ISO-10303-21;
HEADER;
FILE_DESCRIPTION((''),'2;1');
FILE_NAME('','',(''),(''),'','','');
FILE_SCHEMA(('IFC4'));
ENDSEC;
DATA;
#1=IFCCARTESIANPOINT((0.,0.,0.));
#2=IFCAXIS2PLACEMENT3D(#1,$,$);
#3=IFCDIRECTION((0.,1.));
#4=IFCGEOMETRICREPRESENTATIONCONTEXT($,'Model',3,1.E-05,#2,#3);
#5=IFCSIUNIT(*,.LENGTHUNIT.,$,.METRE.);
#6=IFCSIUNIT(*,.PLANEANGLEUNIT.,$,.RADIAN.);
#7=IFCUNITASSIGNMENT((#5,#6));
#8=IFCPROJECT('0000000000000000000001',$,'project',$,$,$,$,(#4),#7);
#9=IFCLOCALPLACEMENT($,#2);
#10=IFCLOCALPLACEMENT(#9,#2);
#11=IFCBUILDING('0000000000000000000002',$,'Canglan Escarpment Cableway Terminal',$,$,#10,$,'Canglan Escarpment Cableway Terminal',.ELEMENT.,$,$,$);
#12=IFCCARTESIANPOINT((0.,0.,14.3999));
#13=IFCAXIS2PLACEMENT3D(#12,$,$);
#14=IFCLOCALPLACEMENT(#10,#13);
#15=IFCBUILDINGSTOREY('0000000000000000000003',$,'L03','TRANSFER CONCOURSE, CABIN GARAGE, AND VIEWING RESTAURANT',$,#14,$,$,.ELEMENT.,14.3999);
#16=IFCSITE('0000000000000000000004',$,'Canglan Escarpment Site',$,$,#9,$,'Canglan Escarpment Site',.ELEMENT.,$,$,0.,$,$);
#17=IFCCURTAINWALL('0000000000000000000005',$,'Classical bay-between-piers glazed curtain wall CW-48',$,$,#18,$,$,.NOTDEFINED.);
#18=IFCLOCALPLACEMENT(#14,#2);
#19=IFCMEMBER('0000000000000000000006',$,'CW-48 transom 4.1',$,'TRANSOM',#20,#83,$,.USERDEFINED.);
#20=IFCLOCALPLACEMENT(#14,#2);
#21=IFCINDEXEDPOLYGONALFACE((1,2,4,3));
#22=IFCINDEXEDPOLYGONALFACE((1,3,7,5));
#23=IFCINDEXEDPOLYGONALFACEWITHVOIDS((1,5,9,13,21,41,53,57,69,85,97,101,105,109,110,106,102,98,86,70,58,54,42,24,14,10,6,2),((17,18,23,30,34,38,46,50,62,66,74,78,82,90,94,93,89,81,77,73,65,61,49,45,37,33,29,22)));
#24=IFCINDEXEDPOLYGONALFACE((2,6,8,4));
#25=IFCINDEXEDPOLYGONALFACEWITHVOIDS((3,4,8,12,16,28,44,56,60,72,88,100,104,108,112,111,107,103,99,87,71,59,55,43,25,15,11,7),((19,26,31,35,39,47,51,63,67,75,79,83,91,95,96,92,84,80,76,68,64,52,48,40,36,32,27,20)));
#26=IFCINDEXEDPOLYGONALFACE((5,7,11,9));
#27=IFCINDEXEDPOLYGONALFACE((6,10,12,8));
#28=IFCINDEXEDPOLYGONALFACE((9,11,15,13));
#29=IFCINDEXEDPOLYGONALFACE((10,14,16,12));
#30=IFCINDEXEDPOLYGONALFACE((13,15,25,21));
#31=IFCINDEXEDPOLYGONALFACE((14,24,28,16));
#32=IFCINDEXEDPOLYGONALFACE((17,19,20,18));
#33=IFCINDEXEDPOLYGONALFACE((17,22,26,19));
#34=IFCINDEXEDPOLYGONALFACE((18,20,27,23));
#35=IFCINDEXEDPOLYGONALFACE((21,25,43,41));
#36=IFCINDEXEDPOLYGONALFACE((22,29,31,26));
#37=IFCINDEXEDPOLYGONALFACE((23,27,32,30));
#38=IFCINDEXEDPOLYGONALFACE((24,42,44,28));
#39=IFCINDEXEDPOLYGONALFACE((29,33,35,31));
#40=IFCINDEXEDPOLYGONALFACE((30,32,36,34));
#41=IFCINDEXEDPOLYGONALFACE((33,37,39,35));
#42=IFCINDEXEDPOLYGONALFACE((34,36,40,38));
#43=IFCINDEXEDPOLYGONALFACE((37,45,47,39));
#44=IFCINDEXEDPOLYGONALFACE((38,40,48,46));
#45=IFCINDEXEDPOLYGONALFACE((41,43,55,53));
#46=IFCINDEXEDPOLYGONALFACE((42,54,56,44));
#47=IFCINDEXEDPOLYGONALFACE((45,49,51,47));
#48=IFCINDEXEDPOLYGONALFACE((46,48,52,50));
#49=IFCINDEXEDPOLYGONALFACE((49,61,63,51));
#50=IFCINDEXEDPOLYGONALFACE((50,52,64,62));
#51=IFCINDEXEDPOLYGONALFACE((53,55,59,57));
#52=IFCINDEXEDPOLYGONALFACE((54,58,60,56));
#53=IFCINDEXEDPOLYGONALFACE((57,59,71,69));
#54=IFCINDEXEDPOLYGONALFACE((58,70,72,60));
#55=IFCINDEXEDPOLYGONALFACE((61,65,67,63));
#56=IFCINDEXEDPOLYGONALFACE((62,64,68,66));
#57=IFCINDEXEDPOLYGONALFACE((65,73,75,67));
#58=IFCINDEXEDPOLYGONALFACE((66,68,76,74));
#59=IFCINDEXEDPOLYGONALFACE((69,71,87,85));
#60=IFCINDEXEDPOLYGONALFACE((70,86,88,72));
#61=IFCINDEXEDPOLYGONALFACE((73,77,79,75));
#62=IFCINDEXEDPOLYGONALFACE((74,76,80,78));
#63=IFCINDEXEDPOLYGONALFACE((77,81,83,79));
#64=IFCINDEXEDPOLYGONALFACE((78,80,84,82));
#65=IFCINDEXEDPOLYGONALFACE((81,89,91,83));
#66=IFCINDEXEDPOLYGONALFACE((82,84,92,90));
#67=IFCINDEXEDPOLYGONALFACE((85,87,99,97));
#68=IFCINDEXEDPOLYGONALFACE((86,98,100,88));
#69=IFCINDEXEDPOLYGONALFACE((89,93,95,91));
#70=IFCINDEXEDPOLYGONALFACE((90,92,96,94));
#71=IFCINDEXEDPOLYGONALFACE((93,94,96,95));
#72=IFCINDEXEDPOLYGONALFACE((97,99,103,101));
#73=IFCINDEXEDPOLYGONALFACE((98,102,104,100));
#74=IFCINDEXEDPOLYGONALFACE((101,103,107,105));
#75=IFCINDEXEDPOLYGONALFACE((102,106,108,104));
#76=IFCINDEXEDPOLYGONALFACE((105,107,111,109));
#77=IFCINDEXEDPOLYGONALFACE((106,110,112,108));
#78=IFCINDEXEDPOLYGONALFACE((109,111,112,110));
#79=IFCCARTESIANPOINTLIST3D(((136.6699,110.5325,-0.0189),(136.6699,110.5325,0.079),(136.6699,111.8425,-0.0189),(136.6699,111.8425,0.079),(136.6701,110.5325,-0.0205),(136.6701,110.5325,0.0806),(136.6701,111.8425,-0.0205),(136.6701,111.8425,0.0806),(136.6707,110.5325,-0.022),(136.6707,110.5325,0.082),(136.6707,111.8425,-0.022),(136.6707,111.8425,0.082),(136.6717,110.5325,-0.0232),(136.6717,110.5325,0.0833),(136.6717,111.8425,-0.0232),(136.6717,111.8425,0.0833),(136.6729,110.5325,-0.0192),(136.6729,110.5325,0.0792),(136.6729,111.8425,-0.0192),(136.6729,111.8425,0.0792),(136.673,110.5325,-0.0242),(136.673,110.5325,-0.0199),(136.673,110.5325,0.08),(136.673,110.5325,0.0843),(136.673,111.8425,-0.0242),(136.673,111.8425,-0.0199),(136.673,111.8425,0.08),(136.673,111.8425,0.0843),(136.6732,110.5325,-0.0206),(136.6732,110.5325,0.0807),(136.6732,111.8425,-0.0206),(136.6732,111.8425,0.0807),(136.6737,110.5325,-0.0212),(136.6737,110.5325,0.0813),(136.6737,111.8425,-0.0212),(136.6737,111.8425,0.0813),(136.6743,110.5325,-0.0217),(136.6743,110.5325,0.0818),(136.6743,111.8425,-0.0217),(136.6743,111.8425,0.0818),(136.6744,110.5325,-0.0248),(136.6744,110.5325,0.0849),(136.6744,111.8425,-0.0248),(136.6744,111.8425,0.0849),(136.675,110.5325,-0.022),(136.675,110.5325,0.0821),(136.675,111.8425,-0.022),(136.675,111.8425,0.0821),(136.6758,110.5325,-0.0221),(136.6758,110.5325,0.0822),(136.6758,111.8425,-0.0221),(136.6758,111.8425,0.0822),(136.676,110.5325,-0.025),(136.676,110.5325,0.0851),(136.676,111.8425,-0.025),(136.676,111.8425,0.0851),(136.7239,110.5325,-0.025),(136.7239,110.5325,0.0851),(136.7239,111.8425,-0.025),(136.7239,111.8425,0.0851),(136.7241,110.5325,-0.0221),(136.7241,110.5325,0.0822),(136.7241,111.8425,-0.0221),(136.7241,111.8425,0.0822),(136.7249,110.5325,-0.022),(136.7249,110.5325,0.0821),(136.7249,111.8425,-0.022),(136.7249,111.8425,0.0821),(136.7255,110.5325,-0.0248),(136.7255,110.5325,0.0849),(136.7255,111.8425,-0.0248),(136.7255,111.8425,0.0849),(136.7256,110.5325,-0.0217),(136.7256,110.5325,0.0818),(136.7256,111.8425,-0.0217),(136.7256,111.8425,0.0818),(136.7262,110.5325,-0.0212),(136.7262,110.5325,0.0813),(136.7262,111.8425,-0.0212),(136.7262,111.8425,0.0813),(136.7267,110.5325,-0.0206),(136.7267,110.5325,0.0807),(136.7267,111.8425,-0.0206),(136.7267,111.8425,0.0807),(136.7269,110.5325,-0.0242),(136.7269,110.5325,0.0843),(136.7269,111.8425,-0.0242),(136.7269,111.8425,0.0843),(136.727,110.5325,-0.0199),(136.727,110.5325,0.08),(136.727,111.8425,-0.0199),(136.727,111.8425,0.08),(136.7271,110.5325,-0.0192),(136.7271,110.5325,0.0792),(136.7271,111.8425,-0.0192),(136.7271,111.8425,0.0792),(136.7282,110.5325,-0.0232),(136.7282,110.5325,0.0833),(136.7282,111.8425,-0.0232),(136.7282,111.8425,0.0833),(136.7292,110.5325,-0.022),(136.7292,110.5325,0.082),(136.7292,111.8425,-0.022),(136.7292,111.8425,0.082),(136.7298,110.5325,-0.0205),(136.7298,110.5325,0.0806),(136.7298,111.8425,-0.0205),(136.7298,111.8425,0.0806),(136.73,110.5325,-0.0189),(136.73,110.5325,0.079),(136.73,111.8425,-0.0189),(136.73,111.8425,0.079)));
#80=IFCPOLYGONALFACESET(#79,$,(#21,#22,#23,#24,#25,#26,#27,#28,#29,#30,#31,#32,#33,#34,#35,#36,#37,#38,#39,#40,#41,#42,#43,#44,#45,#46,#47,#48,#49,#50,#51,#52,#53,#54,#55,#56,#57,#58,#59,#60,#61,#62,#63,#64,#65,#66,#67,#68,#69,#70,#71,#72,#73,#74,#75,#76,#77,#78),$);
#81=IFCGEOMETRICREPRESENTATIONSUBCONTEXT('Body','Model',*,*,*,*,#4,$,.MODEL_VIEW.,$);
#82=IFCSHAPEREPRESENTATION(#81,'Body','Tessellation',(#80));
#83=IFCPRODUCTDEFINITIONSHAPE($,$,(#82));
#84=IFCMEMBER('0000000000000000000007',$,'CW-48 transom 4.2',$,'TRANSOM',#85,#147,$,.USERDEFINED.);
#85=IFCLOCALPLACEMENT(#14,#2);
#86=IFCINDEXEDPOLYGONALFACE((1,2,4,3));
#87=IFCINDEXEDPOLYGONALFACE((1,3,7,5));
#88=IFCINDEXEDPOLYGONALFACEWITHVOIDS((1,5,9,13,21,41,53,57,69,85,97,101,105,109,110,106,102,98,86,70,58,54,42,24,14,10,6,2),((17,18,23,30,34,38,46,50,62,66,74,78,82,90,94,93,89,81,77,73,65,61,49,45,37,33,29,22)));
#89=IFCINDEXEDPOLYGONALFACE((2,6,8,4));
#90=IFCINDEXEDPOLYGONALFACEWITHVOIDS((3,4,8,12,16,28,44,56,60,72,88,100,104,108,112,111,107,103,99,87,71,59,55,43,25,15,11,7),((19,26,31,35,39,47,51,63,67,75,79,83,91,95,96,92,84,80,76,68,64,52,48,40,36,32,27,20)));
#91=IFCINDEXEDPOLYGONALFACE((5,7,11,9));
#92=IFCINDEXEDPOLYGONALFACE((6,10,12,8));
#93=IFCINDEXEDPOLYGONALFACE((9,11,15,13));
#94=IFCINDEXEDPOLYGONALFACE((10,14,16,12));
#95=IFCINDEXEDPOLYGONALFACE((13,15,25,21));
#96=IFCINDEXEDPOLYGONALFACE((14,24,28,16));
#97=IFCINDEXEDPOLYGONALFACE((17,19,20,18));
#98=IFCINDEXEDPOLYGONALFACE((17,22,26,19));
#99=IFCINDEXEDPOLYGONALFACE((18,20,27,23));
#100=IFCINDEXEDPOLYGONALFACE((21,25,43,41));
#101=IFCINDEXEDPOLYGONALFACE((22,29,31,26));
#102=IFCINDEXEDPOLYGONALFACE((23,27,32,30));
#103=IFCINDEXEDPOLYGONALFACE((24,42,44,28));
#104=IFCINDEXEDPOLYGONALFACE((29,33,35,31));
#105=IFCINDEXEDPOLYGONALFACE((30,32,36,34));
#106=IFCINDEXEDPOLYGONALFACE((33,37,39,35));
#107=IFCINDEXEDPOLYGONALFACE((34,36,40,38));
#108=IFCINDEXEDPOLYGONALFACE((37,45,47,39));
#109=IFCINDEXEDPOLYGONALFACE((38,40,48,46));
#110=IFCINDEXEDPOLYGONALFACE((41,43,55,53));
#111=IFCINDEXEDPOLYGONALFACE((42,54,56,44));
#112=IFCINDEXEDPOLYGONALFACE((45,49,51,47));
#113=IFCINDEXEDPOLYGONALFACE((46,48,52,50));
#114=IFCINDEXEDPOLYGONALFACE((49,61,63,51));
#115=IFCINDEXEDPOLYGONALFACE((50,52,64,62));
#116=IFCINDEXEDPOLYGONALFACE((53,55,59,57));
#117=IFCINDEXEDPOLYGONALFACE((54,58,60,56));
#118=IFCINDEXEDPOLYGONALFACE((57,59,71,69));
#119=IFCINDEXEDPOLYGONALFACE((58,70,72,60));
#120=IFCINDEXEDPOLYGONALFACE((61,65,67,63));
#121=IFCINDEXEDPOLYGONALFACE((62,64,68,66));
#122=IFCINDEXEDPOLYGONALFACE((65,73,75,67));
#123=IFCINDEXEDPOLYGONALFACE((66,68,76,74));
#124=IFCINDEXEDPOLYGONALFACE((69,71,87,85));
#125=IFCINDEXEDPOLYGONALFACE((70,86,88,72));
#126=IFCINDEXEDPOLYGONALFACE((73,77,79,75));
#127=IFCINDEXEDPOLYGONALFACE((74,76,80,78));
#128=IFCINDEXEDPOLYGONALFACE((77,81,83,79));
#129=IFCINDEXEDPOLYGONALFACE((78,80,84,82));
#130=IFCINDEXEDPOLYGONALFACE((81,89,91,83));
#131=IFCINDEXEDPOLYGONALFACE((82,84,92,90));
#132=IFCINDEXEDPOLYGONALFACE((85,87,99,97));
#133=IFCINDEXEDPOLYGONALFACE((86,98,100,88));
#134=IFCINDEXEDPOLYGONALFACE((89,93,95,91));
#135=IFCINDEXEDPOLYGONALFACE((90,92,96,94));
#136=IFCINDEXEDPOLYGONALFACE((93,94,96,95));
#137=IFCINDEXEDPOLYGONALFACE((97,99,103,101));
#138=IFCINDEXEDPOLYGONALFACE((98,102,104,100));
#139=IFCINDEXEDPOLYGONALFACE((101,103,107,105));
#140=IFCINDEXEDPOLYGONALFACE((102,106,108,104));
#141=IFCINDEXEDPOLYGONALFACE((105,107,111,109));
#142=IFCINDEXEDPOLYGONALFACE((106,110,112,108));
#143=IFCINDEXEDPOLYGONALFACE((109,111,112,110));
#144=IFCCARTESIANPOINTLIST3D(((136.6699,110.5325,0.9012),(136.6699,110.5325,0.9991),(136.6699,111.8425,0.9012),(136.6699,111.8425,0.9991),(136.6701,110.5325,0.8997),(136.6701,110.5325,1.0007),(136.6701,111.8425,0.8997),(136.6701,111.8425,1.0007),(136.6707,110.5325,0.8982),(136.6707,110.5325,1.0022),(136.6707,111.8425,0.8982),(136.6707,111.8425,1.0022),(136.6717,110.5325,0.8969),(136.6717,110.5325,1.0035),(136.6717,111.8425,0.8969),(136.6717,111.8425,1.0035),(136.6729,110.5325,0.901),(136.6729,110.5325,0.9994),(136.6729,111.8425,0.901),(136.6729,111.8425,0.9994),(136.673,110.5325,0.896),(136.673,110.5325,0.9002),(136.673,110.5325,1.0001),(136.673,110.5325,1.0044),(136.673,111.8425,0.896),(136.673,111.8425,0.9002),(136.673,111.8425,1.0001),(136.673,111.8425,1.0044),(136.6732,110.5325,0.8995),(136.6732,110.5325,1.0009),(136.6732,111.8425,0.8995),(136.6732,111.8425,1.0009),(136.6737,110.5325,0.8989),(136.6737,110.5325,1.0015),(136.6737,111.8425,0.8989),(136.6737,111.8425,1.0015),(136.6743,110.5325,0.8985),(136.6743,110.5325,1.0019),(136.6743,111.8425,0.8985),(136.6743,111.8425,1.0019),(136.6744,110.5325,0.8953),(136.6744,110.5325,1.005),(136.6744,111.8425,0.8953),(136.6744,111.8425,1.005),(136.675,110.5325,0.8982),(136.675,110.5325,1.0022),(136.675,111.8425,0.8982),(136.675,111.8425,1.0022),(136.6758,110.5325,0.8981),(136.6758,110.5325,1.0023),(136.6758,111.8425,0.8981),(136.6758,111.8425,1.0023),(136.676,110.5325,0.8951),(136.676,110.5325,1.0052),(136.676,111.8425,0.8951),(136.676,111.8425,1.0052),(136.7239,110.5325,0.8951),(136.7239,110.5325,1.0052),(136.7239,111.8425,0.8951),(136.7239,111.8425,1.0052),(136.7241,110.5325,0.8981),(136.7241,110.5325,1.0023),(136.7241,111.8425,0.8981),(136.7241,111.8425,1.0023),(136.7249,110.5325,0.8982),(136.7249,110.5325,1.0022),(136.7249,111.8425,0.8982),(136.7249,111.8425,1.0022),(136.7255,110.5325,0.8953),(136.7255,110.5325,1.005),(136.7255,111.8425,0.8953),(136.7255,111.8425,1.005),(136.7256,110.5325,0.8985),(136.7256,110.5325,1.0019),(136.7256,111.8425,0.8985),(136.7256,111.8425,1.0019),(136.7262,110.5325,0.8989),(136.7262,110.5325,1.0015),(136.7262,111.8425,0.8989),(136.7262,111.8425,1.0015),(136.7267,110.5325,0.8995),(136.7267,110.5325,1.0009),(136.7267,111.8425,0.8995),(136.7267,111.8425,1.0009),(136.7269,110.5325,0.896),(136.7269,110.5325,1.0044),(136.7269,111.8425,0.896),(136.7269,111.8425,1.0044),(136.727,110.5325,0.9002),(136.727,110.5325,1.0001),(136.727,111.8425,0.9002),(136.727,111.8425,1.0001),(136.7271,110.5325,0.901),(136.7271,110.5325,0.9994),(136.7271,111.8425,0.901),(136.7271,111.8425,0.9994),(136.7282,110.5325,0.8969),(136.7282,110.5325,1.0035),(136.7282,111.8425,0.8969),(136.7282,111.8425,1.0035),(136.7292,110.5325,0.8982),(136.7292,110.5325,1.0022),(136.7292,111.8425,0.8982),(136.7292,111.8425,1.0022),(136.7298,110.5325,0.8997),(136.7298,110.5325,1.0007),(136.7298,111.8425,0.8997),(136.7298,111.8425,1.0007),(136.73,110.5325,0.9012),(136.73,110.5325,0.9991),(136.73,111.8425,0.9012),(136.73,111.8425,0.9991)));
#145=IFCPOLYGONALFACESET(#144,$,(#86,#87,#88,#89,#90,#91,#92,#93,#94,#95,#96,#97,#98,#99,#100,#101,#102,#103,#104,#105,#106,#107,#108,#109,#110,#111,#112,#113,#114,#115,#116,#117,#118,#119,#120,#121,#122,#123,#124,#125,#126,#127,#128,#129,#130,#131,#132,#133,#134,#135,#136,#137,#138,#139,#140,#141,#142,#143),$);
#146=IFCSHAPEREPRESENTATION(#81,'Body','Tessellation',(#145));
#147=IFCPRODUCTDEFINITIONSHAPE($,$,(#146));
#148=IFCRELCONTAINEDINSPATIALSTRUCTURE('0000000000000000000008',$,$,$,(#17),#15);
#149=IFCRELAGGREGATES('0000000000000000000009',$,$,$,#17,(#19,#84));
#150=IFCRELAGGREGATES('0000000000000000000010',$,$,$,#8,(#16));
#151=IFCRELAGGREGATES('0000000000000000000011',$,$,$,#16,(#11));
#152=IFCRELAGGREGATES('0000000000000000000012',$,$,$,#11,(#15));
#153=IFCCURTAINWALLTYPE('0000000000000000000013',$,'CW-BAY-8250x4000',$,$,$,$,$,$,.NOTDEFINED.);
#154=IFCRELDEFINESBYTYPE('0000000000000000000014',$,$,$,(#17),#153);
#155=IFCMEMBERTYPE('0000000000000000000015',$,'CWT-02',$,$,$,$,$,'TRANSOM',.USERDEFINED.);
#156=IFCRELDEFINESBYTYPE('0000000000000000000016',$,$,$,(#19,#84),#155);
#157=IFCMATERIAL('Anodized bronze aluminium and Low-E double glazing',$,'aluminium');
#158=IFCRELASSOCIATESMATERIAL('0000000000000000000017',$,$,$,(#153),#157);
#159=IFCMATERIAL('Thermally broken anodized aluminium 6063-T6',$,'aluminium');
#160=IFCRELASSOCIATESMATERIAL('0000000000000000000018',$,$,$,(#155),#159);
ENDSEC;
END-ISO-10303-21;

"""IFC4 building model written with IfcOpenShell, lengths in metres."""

from ifc_helpers import new_model, si_unit, direction, frame, origin, origin_2d, place, context, subcontext, project, spatial, hollow_rectangle, extrude, material, material_profile, profile_set, type_object, element, aggregate, save


model = new_model("IFC4")

# Units and contexts
model_context = context("Model", 3, precision=1e-05, world=origin(), true_north=direction((0.0, 1.0)))
body_context = subcontext(model_context, "Body", "Model", "MODEL_VIEW")
ifc_project = project(units=[si_unit("LENGTHUNIT", "METRE"), si_unit("PLANEANGLEUNIT", "RADIAN")], contexts=[model_context])

# Site, building, storey
site_placement = place(None, origin())
site = spatial("IfcSite", under=ifc_project, at=site_placement, Name="Canglan Escarpment Site", LongName="Canglan Escarpment Site", CompositionType="ELEMENT", RefElevation=0.0)
building_placement = place(site_placement, origin())
building = spatial("IfcBuilding", under=site, at=building_placement, Name="Canglan Escarpment Cableway Terminal", LongName="Canglan Escarpment Cableway Terminal", CompositionType="ELEMENT")
storey_placement = place(building_placement, frame((0.0, 0.0, 14.3999)))
storey = spatial("IfcBuildingStorey", under=building, at=storey_placement, Name="L03", Description="TRANSFER CONCOURSE, CABIN GARAGE, AND VIEWING RESTAURANT", CompositionType="ELEMENT", Elevation=14.3999)

# Curtain wall, members
ifc_material_1 = material(Name="Anodized bronze aluminium and Low-E double glazing", Category="aluminium")
curtain_wall_type_1 = type_object("IfcCurtainWallType", Name="CW-BAY-8250x4000", PredefinedType="NOTDEFINED", material=ifc_material_1)
curtain_wall_1_placement = place(storey_placement, origin())
curtain_wall_1 = element("IfcCurtainWall", 1, at=curtain_wall_1_placement, inside=storey, type_object=curtain_wall_type_1, Name="Classical bay-between-piers glazed curtain wall CW-48", PredefinedType="NOTDEFINED")
ifc_material_2 = material(Name="Thermally broken anodized aluminium 6063-T6", Category="aluminium")
ifc_material_profile_1 = material_profile(ifc_material_2, hollow_rectangle(XDim=0.0601, YDim=0.1101, WallThickness=0.0029, InnerFilletRadius=0.0029, OuterFilletRadius=0.0061, at=origin_2d()), Name="ALU-TRAN 60x110x3")
ifc_profile_set_1 = profile_set([ifc_material_profile_1], Name="Thermally broken anodized aluminium 6063-T6")
member_type_1 = type_object("IfcMemberType", Name="CWT-02", ElementType="TRANSOM", PredefinedType="USERDEFINED", material=ifc_profile_set_1)
member_1_placement = place(storey_placement, frame((136.7, 110.5325, 0.03), z_axis=(0.0, 1.0, 0.0), x_axis=(-1.0, 0.0, 0.0)))
member_1 = element("IfcMember", 2, at=member_1_placement, type_object=member_type_1, Name="CW-48 transom 4.1", ObjectType="TRANSOM", PredefinedType="USERDEFINED", context=body_context, shape_type="SweptSolid", body=[
    extrude(hollow_rectangle(XDim=0.0601, YDim=0.1101, WallThickness=0.0029, InnerFilletRadius=0.0029, OuterFilletRadius=0.0061, at=origin_2d()), origin(), (0.0, 0.0, 1.0), 1.3101),
])
member_2_placement = place(storey_placement, frame((136.7, 110.5325, 0.9502), z_axis=(0.0, 1.0, 0.0), x_axis=(-1.0, 0.0, 0.0)))
member_2 = element("IfcMember", 3, at=member_2_placement, type_object=member_type_1, Name="CW-48 transom 4.2", ObjectType="TRANSOM", PredefinedType="USERDEFINED", context=body_context, shape_type="SweptSolid", body=[
    extrude(hollow_rectangle(XDim=0.0601, YDim=0.1101, WallThickness=0.0029, InnerFilletRadius=0.0029, OuterFilletRadius=0.0061, at=origin_2d()), origin(), (0.0, 0.0, 1.0), 1.3101),
])

aggregate(curtain_wall_1, [member_1, member_2])

save(model, "model.ifc")
